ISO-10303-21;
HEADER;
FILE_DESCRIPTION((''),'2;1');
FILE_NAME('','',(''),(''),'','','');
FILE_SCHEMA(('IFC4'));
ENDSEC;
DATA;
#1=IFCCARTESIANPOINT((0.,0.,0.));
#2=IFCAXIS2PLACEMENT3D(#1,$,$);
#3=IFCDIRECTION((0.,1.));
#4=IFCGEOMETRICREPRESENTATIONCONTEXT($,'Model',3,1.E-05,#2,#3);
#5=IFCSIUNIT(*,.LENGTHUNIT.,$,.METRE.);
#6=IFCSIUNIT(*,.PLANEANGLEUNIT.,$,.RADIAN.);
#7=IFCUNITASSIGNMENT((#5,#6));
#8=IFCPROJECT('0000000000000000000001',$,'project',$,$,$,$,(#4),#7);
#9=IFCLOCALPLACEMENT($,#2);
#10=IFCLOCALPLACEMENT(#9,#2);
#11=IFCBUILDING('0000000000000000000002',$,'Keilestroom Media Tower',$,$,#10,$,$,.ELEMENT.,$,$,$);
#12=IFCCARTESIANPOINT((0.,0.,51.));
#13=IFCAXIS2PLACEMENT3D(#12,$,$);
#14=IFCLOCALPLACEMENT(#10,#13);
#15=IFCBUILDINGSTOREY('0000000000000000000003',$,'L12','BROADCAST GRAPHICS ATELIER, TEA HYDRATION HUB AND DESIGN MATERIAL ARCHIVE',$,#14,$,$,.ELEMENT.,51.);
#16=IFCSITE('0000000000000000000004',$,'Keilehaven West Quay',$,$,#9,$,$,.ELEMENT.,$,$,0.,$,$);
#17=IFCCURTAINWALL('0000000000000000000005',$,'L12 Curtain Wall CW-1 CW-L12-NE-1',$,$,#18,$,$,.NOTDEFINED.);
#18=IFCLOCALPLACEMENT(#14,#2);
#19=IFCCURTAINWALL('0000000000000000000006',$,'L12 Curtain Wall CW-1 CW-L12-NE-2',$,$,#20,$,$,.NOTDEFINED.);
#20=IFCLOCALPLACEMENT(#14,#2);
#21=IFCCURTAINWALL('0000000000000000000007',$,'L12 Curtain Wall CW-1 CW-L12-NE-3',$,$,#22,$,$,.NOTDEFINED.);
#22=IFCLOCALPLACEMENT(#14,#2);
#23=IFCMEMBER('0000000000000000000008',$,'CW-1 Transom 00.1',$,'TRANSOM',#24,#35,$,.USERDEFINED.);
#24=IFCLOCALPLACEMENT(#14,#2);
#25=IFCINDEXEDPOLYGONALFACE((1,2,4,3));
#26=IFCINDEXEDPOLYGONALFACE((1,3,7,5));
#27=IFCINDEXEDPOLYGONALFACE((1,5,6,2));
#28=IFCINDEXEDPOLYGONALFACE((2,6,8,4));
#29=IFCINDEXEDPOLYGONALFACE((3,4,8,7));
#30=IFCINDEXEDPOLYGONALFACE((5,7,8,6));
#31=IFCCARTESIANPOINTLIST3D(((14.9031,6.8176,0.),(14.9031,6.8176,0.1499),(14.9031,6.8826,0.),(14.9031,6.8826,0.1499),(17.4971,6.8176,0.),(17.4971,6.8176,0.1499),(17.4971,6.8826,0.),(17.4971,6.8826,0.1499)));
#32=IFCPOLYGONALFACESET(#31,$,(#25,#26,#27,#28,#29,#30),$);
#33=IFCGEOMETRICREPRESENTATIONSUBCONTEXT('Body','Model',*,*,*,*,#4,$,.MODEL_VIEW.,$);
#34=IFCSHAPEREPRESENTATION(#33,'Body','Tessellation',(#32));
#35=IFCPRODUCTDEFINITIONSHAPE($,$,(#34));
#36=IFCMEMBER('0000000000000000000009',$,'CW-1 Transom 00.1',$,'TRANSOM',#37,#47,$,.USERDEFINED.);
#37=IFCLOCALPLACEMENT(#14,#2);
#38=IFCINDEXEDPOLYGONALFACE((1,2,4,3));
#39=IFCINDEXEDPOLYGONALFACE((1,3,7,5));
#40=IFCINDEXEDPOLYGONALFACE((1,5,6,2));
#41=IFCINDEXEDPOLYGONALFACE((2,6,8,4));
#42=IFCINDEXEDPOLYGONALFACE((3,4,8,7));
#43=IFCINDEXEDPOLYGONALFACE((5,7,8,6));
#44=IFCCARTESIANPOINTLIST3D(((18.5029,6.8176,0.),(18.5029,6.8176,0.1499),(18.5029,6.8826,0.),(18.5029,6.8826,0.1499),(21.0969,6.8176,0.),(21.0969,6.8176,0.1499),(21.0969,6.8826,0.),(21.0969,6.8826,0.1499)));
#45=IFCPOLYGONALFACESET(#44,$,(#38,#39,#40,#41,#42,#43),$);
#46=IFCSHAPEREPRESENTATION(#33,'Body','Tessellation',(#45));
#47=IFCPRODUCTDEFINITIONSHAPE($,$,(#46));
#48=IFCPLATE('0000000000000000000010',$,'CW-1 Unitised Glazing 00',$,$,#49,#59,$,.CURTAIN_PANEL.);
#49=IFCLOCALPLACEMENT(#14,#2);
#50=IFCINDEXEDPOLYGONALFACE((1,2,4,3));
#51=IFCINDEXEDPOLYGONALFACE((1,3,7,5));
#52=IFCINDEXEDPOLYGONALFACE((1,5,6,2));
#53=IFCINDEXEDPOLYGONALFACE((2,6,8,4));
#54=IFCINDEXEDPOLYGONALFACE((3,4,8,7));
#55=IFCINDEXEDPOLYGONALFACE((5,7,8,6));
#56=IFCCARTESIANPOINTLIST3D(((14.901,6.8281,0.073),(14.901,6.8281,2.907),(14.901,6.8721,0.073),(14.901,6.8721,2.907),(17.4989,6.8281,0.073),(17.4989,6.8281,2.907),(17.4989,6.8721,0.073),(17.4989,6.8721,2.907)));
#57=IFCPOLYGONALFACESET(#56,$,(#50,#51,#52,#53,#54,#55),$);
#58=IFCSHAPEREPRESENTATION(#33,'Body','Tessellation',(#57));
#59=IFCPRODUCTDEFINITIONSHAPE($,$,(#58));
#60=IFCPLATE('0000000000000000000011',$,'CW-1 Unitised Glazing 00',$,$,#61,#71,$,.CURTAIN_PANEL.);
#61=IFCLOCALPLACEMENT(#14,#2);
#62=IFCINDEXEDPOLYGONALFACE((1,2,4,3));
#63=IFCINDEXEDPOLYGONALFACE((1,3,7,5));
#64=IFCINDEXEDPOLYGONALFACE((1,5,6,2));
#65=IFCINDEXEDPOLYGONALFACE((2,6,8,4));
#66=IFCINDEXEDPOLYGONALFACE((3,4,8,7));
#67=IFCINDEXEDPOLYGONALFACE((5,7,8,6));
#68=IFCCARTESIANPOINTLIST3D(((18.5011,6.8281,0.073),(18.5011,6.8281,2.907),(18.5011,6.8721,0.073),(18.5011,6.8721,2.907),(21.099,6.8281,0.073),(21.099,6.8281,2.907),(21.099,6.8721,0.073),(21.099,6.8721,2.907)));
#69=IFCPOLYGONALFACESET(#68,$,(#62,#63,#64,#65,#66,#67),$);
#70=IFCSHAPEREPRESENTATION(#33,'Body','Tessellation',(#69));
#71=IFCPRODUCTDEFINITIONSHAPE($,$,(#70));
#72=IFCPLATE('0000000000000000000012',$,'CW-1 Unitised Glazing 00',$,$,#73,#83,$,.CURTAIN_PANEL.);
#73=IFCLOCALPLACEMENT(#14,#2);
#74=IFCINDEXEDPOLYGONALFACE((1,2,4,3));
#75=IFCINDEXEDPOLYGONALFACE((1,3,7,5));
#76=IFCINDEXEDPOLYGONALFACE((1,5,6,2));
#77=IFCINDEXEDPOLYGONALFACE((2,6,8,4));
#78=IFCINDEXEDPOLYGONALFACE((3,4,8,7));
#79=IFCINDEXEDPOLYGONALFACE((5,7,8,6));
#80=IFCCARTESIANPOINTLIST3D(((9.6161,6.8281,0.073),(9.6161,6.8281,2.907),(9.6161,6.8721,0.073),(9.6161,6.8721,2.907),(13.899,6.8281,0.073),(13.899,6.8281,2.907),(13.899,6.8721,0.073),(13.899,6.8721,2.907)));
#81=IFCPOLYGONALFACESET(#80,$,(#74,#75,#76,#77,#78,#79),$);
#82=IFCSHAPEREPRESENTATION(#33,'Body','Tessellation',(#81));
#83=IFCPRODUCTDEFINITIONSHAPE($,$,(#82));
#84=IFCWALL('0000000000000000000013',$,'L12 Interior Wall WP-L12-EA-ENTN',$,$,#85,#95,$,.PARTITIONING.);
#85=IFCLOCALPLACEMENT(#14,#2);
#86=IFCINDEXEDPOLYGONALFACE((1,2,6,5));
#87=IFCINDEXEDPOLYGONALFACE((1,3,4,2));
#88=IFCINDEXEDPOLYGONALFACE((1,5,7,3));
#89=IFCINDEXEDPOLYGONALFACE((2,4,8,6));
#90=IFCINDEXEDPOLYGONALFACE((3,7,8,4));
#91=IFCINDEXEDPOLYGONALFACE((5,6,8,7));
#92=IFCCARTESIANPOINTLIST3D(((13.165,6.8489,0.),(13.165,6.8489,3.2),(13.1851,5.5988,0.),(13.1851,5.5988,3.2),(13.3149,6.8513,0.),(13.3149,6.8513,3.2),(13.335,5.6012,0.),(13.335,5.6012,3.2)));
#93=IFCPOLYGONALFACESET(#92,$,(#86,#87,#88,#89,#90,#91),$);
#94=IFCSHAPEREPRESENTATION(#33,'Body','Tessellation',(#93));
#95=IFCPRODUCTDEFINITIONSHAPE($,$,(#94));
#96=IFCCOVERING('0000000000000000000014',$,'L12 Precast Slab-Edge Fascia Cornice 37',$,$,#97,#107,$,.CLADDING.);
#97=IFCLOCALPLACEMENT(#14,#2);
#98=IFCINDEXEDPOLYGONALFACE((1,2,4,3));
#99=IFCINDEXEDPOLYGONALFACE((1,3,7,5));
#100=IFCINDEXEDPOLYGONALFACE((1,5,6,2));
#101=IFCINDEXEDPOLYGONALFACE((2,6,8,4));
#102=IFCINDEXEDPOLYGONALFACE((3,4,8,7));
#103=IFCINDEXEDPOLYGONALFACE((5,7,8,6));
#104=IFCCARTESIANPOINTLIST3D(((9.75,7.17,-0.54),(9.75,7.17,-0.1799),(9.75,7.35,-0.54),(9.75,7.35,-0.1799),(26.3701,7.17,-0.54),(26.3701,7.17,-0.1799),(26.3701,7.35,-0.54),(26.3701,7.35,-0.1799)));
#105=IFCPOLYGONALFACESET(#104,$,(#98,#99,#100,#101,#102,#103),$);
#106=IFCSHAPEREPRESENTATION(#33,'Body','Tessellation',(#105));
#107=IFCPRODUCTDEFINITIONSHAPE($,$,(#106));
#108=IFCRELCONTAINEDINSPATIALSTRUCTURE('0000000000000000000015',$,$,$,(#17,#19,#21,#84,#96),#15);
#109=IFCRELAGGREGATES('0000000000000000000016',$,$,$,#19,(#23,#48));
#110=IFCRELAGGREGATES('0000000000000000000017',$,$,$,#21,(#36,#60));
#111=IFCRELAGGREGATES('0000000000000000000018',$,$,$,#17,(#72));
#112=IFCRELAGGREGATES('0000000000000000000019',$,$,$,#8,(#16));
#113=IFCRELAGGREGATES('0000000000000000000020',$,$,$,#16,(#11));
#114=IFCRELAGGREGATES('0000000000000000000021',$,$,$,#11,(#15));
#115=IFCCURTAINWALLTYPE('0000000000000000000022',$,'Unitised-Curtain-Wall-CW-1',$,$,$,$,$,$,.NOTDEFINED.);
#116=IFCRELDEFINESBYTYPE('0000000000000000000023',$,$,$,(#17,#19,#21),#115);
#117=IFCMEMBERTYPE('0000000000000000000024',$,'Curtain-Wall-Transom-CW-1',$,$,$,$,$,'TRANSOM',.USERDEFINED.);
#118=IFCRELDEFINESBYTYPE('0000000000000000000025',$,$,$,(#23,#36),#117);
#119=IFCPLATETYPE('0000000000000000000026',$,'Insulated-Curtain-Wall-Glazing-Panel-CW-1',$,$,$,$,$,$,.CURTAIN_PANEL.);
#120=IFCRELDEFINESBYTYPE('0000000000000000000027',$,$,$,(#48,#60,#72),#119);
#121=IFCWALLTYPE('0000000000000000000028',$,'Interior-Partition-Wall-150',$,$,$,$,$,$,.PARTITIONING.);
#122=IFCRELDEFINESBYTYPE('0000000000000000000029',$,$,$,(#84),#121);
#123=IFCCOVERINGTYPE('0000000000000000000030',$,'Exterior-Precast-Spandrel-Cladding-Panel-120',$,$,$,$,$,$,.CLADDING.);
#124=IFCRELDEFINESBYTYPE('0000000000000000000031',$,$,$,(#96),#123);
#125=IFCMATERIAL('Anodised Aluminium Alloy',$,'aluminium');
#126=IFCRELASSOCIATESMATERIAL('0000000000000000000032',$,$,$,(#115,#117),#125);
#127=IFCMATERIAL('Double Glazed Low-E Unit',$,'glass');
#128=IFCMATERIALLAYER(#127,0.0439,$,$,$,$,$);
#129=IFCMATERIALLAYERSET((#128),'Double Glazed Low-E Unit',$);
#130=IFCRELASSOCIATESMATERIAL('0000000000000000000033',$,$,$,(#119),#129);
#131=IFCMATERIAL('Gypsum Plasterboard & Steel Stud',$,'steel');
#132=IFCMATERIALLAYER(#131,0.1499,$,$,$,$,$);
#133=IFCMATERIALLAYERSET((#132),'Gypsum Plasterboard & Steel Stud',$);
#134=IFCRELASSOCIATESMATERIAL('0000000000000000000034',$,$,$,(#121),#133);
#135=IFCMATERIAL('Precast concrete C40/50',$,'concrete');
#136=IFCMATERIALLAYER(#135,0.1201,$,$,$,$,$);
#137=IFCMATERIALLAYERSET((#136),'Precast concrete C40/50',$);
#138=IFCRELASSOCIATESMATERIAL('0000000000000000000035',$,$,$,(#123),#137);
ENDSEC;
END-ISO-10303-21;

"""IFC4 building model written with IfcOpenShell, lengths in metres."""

from ifc_helpers import new_model, si_unit, direction, frame, frame_2d, origin, origin_2d, place, context, subcontext, project, spatial, rectangle, extrude, source, transform, mapped, material, layer, layer_set, material_profile, profile_set, type_object, element, aggregate, save


model = new_model("IFC4")

# Units and contexts
model_context = context("Model", 3, precision=1e-05, world=origin(), true_north=direction((0.0, 1.0)))
body_context = subcontext(model_context, "Body", "Model", "MODEL_VIEW")
ifc_project = project(units=[si_unit("LENGTHUNIT", "METRE"), si_unit("PLANEANGLEUNIT", "RADIAN")], contexts=[model_context])

# Site, building, storey
site_placement = place(None, origin())
site = spatial("IfcSite", under=ifc_project, at=site_placement, Name="Keilehaven West Quay", CompositionType="ELEMENT", RefElevation=0.0)
building_placement = place(site_placement, origin())
building = spatial("IfcBuilding", under=site, at=building_placement, Name="Keilestroom Media Tower", CompositionType="ELEMENT")
storey_placement = place(building_placement, frame((0.0, 0.0, 51.0)))
storey = spatial("IfcBuildingStorey", under=building, at=storey_placement, Name="L12", Description="BROADCAST GRAPHICS ATELIER, TEA HYDRATION HUB AND DESIGN MATERIAL ARCHIVE", CompositionType="ELEMENT", Elevation=51.0)

# Shared definitions
ifc_material_1 = material(Name="Precast concrete C40/50", Category="concrete")

# Curtain wall
ifc_material_2 = material(Name="Anodised Aluminium Alloy", Category="aluminium")
curtain_wall_type = type_object("IfcCurtainWallType", Name="Unitised-Curtain-Wall-CW-1", PredefinedType="NOTDEFINED", material=ifc_material_2)
curtain_wall_1_placement = place(storey_placement, origin())
curtain_wall_1 = element("IfcCurtainWall", 1, at=curtain_wall_1_placement, inside=storey, type_object=curtain_wall_type, Name="L12 Curtain Wall CW-1 CW-L12-NE-1", PredefinedType="NOTDEFINED")

# Curtain walls
curtain_wall_2_placement = place(storey_placement, origin())
curtain_wall_2 = element("IfcCurtainWall", 2, at=curtain_wall_2_placement, inside=storey, type_object=curtain_wall_type, Name="L12 Curtain Wall CW-1 CW-L12-NE-2", PredefinedType="NOTDEFINED")
curtain_wall_3_placement = place(storey_placement, origin())
curtain_wall_3 = element("IfcCurtainWall", 3, at=curtain_wall_3_placement, inside=storey, type_object=curtain_wall_type, Name="L12 Curtain Wall CW-1 CW-L12-NE-3", PredefinedType="NOTDEFINED")

# Members
ifc_material_profile_1 = material_profile(ifc_material_2, rectangle(XDim=0.0649, YDim=0.1499, at=origin_2d()), Name="ALU TRANSOM 65x150")
ifc_profile_set_1 = profile_set([ifc_material_profile_1], Name="Anodised Aluminium Alloy")
member_type_1 = type_object("IfcMemberType", Name="Curtain-Wall-Transom-CW-1", ElementType="TRANSOM", PredefinedType="USERDEFINED", material=ifc_profile_set_1)
shared_shape_1 = source(origin(), body_context, "Body", "SweptSolid", [
    extrude(rectangle(XDim=0.0649, YDim=0.1499, at=origin_2d()), origin(), (0.0, 0.0, 1.0), 2.594),
])
member_1_placement = place(storey_placement, frame((14.9031, 6.8501, 0.075), z_axis=(1.0, 0.0, 0.0), x_axis=(0.0, 1.0, 0.0)))
member_1 = element("IfcMember", 4, at=member_1_placement, type_object=member_type_1, Name="CW-1 Transom 00.1", ObjectType="TRANSOM", PredefinedType="USERDEFINED", context=body_context, shape_type="MappedRepresentation", body=[
    mapped(shared_shape_1, transform((0.0, 0.0, 0.0), x_axis=(1.0, 0.0, 0.0), y_axis=(0.0, 1.0, 0.0), z_axis=(0.0, 0.0, 1.0), scale=1.0)),
])
member_2_placement = place(storey_placement, frame((18.5029, 6.8501, 0.075), z_axis=(1.0, 0.0, 0.0), x_axis=(0.0, 1.0, 0.0)))
member_2 = element("IfcMember", 5, at=member_2_placement, type_object=member_type_1, Name="CW-1 Transom 00.1", ObjectType="TRANSOM", PredefinedType="USERDEFINED", context=body_context, shape_type="MappedRepresentation", body=[
    mapped(shared_shape_1, transform((0.0, 0.0, 0.0), x_axis=(1.0, 0.0, 0.0), y_axis=(0.0, 1.0, 0.0), z_axis=(0.0, 0.0, 1.0), scale=1.0)),
])

# Plates
ifc_material_3 = material(Name="Double Glazed Low-E Unit", Category="glass")
ifc_layer_1 = layer(ifc_material_3, 0.0439)
ifc_layer_set_1 = layer_set([ifc_layer_1], Name="Double Glazed Low-E Unit")
plate_type = type_object("IfcPlateType", Name="Insulated-Curtain-Wall-Glazing-Panel-CW-1", PredefinedType="CURTAIN_PANEL", material=ifc_layer_set_1)
shared_shape_2 = source(origin(), body_context, "Body", "SweptSolid", [
    extrude(rectangle(XDim=2.5979, YDim=0.0439, at=origin_2d()), origin(), (0.0, 0.0, 1.0), 2.834),
])
plate_1_placement = place(storey_placement, frame((16.2, 6.8501, 0.073), z_axis=(0.0, 0.0, 1.0), x_axis=(1.0, 0.0, 0.0)))
plate_1 = element("IfcPlate", 6, at=plate_1_placement, type_object=plate_type, Name="CW-1 Unitised Glazing 00", PredefinedType="CURTAIN_PANEL", context=body_context, shape_type="MappedRepresentation", body=[
    mapped(shared_shape_2, transform((0.0, 0.0, 0.0), x_axis=(1.0, 0.0, 0.0), y_axis=(0.0, 1.0, 0.0), z_axis=(0.0, 0.0, 1.0), scale=1.0)),
])
aggregate(curtain_wall_2, [member_1, plate_1])
plate_2_placement = place(storey_placement, frame((19.8, 6.8501, 0.073), z_axis=(0.0, 0.0, 1.0), x_axis=(1.0, 0.0, 0.0)))
plate_2 = element("IfcPlate", 7, at=plate_2_placement, type_object=plate_type, Name="CW-1 Unitised Glazing 00", PredefinedType="CURTAIN_PANEL", context=body_context, shape_type="MappedRepresentation", body=[
    mapped(shared_shape_2, transform((0.0, 0.0, 0.0), x_axis=(1.0, 0.0, 0.0), y_axis=(0.0, 1.0, 0.0), z_axis=(0.0, 0.0, 1.0), scale=1.0)),
])
aggregate(curtain_wall_3, [member_2, plate_2])
shared_shape_3 = source(origin(), body_context, "Body", "SweptSolid", [
    extrude(rectangle(XDim=4.283, YDim=0.0439, at=origin_2d()), origin(), (0.0, 0.0, 1.0), 2.834),
])
plate_3_placement = place(storey_placement, frame((11.7576, 6.8501, 0.073), z_axis=(0.0, 0.0, 1.0), x_axis=(1.0, 0.0, 0.0)))
plate_3 = element("IfcPlate", 8, at=plate_3_placement, type_object=plate_type, Name="CW-1 Unitised Glazing 00", PredefinedType="CURTAIN_PANEL", context=body_context, shape_type="MappedRepresentation", body=[
    mapped(shared_shape_3, transform((0.0, 0.0, 0.0), x_axis=(1.0, 0.0, 0.0), y_axis=(0.0, 1.0, 0.0), z_axis=(0.0, 0.0, 1.0), scale=1.0)),
])
aggregate(curtain_wall_1, [plate_3])

# Wall
ifc_material_4 = material(Name="Gypsum Plasterboard & Steel Stud", Category="steel")
ifc_layer_2 = layer(ifc_material_4, 0.1499)
ifc_layer_set_2 = layer_set([ifc_layer_2], Name="Gypsum Plasterboard & Steel Stud")
wall_type = type_object("IfcWallType", Name="Interior-Partition-Wall-150", PredefinedType="PARTITIONING", material=ifc_layer_set_2)
wall_placement = place(storey_placement, frame((13.26, 5.6001, 0.0), z_axis=(0.0, 0.0, 1.0), x_axis=(-0.016014, 0.999872, 0.0)))
element("IfcWall", 9, at=wall_placement, inside=storey, type_object=wall_type, Name="L12 Interior Wall WP-L12-EA-ENTN", PredefinedType="PARTITIONING", context=body_context, shape_type="SweptSolid", body=[
    extrude(rectangle(XDim=1.2502, YDim=0.1499, at=frame_2d((0.625, 0.0))), origin(), (0.0, 0.0, 1.0), 3.2),
])

# Covering
ifc_layer_3 = layer(ifc_material_1, 0.1201)
ifc_layer_set_3 = layer_set([ifc_layer_3], Name="Precast concrete C40/50")
covering_type = type_object("IfcCoveringType", Name="Exterior-Precast-Spandrel-Cladding-Panel-120", PredefinedType="CLADDING", material=ifc_layer_set_3)
shared_shape_4 = source(origin(), body_context, "Body", "SweptSolid", [
    extrude(rectangle(XDim=16.6201, YDim=0.1799, at=origin_2d()), origin(), (0.0, 0.0, 1.0), 0.3601),
])
covering_placement = place(storey_placement, frame((18.0601, 7.26, -0.54), z_axis=(0.0, 0.0, 1.0), x_axis=(1.0, 0.0, 0.0)))
element("IfcCovering", 10, at=covering_placement, inside=storey, type_object=covering_type, Name="L12 Precast Slab-Edge Fascia Cornice 37", PredefinedType="CLADDING", context=body_context, shape_type="MappedRepresentation", body=[
    mapped(shared_shape_4, transform((0.0, 0.0, 0.0), x_axis=(1.0, 0.0, 0.0), y_axis=(0.0, 1.0, 0.0), z_axis=(0.0, 0.0, 1.0), scale=1.0)),
])

save(model, "model.ifc")
